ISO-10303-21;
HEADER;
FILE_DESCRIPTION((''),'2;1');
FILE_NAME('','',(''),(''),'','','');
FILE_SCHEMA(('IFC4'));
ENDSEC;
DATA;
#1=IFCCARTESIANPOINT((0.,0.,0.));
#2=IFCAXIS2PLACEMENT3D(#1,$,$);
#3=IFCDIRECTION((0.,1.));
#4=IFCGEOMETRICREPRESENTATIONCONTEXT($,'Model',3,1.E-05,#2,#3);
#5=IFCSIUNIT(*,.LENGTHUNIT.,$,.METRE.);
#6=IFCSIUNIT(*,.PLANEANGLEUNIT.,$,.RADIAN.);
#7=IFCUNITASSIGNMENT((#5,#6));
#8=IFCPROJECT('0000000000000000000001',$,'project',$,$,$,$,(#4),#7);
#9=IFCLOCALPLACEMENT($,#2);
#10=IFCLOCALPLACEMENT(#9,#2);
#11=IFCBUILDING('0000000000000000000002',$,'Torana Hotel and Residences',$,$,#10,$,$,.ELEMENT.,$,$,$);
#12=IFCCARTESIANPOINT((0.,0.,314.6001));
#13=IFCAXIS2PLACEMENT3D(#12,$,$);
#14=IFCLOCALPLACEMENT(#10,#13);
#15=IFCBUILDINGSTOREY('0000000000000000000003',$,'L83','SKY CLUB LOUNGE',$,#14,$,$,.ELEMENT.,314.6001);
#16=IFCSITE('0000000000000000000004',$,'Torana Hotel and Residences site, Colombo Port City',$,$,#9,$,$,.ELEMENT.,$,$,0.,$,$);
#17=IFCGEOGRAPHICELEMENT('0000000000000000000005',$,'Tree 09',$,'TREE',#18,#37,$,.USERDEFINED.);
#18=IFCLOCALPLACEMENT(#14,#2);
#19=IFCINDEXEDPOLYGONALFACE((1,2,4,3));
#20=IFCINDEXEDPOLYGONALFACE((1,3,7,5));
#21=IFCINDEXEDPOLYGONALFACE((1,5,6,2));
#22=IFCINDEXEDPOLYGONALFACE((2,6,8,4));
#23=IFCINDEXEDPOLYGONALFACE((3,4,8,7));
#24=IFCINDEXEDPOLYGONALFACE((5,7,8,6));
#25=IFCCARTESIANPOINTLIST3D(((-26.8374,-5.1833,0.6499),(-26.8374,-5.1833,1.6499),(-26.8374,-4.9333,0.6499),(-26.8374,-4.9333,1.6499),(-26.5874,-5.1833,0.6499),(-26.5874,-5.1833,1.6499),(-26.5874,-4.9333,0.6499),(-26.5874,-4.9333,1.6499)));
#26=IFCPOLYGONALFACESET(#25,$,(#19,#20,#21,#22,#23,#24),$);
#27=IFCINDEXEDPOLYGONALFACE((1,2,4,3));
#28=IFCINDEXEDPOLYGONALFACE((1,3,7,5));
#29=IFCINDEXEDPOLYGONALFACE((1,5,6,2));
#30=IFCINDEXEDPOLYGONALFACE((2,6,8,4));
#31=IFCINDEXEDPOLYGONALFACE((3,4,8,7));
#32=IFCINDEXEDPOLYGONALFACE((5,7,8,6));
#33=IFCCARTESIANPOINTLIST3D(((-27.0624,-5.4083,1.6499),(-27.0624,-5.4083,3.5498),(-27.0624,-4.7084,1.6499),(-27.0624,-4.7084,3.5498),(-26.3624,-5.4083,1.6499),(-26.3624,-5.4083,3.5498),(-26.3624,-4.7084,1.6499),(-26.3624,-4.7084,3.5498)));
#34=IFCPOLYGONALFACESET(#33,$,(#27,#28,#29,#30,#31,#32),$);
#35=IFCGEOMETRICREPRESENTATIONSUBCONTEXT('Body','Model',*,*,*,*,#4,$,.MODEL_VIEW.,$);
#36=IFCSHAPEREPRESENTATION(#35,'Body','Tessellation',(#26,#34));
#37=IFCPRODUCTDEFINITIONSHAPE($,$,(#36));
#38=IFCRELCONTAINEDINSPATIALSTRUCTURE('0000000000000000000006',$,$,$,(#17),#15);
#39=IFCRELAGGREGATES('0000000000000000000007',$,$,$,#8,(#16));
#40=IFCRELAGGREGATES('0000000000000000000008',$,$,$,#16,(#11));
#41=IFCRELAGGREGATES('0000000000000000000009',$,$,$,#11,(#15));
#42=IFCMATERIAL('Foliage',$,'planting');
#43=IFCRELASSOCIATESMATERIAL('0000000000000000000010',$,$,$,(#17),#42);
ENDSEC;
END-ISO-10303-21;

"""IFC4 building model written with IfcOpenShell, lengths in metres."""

from ifc_helpers import new_model, si_unit, direction, frame, origin, origin_2d, place, context, subcontext, project, spatial, rectangle, extrude, material, element, save


model = new_model("IFC4")

# Units and contexts
model_context = context("Model", 3, precision=1e-05, world=origin(), true_north=direction((0.0, 1.0)))
body_context = subcontext(model_context, "Body", "Model", "MODEL_VIEW")
ifc_project = project(units=[si_unit("LENGTHUNIT", "METRE"), si_unit("PLANEANGLEUNIT", "RADIAN")], contexts=[model_context])

# Site, building, storey
site_placement = place(None, origin())
site = spatial("IfcSite", under=ifc_project, at=site_placement, Name="Torana Hotel and Residences site, Colombo Port City", CompositionType="ELEMENT", RefElevation=0.0)
building_placement = place(site_placement, origin())
building = spatial("IfcBuilding", under=site, at=building_placement, Name="Torana Hotel and Residences", CompositionType="ELEMENT")
storey_placement = place(building_placement, frame((0.0, 0.0, 314.6001)))
storey = spatial("IfcBuildingStorey", under=building, at=storey_placement, Name="L83", Description="SKY CLUB LOUNGE", CompositionType="ELEMENT", Elevation=314.6001)

# Geographic element
ifc_material_1 = material(Name="Foliage", Category="planting")
geographic_element_placement = place(storey_placement, frame((-26.7124, -5.0583, 0.6499), z_axis=(0.0, 0.0, 1.0), x_axis=(1.0, 0.0, 0.0)))
element("IfcGeographicElement", 1, at=geographic_element_placement, inside=storey, material=ifc_material_1, Name="Tree 09", ObjectType="TREE", PredefinedType="USERDEFINED", context=body_context, shape_type="SweptSolid", body=[
    extrude(rectangle(XDim=0.25, YDim=0.25, at=origin_2d()), origin(), (0.0, 0.0, 1.0), 1.0),
    extrude(rectangle(XDim=0.7, YDim=0.7, at=origin_2d()), frame((0.0, 0.0, 1.0)), (0.0, 0.0, 1.0), 1.8999),
])

save(model, "model.ifc")
